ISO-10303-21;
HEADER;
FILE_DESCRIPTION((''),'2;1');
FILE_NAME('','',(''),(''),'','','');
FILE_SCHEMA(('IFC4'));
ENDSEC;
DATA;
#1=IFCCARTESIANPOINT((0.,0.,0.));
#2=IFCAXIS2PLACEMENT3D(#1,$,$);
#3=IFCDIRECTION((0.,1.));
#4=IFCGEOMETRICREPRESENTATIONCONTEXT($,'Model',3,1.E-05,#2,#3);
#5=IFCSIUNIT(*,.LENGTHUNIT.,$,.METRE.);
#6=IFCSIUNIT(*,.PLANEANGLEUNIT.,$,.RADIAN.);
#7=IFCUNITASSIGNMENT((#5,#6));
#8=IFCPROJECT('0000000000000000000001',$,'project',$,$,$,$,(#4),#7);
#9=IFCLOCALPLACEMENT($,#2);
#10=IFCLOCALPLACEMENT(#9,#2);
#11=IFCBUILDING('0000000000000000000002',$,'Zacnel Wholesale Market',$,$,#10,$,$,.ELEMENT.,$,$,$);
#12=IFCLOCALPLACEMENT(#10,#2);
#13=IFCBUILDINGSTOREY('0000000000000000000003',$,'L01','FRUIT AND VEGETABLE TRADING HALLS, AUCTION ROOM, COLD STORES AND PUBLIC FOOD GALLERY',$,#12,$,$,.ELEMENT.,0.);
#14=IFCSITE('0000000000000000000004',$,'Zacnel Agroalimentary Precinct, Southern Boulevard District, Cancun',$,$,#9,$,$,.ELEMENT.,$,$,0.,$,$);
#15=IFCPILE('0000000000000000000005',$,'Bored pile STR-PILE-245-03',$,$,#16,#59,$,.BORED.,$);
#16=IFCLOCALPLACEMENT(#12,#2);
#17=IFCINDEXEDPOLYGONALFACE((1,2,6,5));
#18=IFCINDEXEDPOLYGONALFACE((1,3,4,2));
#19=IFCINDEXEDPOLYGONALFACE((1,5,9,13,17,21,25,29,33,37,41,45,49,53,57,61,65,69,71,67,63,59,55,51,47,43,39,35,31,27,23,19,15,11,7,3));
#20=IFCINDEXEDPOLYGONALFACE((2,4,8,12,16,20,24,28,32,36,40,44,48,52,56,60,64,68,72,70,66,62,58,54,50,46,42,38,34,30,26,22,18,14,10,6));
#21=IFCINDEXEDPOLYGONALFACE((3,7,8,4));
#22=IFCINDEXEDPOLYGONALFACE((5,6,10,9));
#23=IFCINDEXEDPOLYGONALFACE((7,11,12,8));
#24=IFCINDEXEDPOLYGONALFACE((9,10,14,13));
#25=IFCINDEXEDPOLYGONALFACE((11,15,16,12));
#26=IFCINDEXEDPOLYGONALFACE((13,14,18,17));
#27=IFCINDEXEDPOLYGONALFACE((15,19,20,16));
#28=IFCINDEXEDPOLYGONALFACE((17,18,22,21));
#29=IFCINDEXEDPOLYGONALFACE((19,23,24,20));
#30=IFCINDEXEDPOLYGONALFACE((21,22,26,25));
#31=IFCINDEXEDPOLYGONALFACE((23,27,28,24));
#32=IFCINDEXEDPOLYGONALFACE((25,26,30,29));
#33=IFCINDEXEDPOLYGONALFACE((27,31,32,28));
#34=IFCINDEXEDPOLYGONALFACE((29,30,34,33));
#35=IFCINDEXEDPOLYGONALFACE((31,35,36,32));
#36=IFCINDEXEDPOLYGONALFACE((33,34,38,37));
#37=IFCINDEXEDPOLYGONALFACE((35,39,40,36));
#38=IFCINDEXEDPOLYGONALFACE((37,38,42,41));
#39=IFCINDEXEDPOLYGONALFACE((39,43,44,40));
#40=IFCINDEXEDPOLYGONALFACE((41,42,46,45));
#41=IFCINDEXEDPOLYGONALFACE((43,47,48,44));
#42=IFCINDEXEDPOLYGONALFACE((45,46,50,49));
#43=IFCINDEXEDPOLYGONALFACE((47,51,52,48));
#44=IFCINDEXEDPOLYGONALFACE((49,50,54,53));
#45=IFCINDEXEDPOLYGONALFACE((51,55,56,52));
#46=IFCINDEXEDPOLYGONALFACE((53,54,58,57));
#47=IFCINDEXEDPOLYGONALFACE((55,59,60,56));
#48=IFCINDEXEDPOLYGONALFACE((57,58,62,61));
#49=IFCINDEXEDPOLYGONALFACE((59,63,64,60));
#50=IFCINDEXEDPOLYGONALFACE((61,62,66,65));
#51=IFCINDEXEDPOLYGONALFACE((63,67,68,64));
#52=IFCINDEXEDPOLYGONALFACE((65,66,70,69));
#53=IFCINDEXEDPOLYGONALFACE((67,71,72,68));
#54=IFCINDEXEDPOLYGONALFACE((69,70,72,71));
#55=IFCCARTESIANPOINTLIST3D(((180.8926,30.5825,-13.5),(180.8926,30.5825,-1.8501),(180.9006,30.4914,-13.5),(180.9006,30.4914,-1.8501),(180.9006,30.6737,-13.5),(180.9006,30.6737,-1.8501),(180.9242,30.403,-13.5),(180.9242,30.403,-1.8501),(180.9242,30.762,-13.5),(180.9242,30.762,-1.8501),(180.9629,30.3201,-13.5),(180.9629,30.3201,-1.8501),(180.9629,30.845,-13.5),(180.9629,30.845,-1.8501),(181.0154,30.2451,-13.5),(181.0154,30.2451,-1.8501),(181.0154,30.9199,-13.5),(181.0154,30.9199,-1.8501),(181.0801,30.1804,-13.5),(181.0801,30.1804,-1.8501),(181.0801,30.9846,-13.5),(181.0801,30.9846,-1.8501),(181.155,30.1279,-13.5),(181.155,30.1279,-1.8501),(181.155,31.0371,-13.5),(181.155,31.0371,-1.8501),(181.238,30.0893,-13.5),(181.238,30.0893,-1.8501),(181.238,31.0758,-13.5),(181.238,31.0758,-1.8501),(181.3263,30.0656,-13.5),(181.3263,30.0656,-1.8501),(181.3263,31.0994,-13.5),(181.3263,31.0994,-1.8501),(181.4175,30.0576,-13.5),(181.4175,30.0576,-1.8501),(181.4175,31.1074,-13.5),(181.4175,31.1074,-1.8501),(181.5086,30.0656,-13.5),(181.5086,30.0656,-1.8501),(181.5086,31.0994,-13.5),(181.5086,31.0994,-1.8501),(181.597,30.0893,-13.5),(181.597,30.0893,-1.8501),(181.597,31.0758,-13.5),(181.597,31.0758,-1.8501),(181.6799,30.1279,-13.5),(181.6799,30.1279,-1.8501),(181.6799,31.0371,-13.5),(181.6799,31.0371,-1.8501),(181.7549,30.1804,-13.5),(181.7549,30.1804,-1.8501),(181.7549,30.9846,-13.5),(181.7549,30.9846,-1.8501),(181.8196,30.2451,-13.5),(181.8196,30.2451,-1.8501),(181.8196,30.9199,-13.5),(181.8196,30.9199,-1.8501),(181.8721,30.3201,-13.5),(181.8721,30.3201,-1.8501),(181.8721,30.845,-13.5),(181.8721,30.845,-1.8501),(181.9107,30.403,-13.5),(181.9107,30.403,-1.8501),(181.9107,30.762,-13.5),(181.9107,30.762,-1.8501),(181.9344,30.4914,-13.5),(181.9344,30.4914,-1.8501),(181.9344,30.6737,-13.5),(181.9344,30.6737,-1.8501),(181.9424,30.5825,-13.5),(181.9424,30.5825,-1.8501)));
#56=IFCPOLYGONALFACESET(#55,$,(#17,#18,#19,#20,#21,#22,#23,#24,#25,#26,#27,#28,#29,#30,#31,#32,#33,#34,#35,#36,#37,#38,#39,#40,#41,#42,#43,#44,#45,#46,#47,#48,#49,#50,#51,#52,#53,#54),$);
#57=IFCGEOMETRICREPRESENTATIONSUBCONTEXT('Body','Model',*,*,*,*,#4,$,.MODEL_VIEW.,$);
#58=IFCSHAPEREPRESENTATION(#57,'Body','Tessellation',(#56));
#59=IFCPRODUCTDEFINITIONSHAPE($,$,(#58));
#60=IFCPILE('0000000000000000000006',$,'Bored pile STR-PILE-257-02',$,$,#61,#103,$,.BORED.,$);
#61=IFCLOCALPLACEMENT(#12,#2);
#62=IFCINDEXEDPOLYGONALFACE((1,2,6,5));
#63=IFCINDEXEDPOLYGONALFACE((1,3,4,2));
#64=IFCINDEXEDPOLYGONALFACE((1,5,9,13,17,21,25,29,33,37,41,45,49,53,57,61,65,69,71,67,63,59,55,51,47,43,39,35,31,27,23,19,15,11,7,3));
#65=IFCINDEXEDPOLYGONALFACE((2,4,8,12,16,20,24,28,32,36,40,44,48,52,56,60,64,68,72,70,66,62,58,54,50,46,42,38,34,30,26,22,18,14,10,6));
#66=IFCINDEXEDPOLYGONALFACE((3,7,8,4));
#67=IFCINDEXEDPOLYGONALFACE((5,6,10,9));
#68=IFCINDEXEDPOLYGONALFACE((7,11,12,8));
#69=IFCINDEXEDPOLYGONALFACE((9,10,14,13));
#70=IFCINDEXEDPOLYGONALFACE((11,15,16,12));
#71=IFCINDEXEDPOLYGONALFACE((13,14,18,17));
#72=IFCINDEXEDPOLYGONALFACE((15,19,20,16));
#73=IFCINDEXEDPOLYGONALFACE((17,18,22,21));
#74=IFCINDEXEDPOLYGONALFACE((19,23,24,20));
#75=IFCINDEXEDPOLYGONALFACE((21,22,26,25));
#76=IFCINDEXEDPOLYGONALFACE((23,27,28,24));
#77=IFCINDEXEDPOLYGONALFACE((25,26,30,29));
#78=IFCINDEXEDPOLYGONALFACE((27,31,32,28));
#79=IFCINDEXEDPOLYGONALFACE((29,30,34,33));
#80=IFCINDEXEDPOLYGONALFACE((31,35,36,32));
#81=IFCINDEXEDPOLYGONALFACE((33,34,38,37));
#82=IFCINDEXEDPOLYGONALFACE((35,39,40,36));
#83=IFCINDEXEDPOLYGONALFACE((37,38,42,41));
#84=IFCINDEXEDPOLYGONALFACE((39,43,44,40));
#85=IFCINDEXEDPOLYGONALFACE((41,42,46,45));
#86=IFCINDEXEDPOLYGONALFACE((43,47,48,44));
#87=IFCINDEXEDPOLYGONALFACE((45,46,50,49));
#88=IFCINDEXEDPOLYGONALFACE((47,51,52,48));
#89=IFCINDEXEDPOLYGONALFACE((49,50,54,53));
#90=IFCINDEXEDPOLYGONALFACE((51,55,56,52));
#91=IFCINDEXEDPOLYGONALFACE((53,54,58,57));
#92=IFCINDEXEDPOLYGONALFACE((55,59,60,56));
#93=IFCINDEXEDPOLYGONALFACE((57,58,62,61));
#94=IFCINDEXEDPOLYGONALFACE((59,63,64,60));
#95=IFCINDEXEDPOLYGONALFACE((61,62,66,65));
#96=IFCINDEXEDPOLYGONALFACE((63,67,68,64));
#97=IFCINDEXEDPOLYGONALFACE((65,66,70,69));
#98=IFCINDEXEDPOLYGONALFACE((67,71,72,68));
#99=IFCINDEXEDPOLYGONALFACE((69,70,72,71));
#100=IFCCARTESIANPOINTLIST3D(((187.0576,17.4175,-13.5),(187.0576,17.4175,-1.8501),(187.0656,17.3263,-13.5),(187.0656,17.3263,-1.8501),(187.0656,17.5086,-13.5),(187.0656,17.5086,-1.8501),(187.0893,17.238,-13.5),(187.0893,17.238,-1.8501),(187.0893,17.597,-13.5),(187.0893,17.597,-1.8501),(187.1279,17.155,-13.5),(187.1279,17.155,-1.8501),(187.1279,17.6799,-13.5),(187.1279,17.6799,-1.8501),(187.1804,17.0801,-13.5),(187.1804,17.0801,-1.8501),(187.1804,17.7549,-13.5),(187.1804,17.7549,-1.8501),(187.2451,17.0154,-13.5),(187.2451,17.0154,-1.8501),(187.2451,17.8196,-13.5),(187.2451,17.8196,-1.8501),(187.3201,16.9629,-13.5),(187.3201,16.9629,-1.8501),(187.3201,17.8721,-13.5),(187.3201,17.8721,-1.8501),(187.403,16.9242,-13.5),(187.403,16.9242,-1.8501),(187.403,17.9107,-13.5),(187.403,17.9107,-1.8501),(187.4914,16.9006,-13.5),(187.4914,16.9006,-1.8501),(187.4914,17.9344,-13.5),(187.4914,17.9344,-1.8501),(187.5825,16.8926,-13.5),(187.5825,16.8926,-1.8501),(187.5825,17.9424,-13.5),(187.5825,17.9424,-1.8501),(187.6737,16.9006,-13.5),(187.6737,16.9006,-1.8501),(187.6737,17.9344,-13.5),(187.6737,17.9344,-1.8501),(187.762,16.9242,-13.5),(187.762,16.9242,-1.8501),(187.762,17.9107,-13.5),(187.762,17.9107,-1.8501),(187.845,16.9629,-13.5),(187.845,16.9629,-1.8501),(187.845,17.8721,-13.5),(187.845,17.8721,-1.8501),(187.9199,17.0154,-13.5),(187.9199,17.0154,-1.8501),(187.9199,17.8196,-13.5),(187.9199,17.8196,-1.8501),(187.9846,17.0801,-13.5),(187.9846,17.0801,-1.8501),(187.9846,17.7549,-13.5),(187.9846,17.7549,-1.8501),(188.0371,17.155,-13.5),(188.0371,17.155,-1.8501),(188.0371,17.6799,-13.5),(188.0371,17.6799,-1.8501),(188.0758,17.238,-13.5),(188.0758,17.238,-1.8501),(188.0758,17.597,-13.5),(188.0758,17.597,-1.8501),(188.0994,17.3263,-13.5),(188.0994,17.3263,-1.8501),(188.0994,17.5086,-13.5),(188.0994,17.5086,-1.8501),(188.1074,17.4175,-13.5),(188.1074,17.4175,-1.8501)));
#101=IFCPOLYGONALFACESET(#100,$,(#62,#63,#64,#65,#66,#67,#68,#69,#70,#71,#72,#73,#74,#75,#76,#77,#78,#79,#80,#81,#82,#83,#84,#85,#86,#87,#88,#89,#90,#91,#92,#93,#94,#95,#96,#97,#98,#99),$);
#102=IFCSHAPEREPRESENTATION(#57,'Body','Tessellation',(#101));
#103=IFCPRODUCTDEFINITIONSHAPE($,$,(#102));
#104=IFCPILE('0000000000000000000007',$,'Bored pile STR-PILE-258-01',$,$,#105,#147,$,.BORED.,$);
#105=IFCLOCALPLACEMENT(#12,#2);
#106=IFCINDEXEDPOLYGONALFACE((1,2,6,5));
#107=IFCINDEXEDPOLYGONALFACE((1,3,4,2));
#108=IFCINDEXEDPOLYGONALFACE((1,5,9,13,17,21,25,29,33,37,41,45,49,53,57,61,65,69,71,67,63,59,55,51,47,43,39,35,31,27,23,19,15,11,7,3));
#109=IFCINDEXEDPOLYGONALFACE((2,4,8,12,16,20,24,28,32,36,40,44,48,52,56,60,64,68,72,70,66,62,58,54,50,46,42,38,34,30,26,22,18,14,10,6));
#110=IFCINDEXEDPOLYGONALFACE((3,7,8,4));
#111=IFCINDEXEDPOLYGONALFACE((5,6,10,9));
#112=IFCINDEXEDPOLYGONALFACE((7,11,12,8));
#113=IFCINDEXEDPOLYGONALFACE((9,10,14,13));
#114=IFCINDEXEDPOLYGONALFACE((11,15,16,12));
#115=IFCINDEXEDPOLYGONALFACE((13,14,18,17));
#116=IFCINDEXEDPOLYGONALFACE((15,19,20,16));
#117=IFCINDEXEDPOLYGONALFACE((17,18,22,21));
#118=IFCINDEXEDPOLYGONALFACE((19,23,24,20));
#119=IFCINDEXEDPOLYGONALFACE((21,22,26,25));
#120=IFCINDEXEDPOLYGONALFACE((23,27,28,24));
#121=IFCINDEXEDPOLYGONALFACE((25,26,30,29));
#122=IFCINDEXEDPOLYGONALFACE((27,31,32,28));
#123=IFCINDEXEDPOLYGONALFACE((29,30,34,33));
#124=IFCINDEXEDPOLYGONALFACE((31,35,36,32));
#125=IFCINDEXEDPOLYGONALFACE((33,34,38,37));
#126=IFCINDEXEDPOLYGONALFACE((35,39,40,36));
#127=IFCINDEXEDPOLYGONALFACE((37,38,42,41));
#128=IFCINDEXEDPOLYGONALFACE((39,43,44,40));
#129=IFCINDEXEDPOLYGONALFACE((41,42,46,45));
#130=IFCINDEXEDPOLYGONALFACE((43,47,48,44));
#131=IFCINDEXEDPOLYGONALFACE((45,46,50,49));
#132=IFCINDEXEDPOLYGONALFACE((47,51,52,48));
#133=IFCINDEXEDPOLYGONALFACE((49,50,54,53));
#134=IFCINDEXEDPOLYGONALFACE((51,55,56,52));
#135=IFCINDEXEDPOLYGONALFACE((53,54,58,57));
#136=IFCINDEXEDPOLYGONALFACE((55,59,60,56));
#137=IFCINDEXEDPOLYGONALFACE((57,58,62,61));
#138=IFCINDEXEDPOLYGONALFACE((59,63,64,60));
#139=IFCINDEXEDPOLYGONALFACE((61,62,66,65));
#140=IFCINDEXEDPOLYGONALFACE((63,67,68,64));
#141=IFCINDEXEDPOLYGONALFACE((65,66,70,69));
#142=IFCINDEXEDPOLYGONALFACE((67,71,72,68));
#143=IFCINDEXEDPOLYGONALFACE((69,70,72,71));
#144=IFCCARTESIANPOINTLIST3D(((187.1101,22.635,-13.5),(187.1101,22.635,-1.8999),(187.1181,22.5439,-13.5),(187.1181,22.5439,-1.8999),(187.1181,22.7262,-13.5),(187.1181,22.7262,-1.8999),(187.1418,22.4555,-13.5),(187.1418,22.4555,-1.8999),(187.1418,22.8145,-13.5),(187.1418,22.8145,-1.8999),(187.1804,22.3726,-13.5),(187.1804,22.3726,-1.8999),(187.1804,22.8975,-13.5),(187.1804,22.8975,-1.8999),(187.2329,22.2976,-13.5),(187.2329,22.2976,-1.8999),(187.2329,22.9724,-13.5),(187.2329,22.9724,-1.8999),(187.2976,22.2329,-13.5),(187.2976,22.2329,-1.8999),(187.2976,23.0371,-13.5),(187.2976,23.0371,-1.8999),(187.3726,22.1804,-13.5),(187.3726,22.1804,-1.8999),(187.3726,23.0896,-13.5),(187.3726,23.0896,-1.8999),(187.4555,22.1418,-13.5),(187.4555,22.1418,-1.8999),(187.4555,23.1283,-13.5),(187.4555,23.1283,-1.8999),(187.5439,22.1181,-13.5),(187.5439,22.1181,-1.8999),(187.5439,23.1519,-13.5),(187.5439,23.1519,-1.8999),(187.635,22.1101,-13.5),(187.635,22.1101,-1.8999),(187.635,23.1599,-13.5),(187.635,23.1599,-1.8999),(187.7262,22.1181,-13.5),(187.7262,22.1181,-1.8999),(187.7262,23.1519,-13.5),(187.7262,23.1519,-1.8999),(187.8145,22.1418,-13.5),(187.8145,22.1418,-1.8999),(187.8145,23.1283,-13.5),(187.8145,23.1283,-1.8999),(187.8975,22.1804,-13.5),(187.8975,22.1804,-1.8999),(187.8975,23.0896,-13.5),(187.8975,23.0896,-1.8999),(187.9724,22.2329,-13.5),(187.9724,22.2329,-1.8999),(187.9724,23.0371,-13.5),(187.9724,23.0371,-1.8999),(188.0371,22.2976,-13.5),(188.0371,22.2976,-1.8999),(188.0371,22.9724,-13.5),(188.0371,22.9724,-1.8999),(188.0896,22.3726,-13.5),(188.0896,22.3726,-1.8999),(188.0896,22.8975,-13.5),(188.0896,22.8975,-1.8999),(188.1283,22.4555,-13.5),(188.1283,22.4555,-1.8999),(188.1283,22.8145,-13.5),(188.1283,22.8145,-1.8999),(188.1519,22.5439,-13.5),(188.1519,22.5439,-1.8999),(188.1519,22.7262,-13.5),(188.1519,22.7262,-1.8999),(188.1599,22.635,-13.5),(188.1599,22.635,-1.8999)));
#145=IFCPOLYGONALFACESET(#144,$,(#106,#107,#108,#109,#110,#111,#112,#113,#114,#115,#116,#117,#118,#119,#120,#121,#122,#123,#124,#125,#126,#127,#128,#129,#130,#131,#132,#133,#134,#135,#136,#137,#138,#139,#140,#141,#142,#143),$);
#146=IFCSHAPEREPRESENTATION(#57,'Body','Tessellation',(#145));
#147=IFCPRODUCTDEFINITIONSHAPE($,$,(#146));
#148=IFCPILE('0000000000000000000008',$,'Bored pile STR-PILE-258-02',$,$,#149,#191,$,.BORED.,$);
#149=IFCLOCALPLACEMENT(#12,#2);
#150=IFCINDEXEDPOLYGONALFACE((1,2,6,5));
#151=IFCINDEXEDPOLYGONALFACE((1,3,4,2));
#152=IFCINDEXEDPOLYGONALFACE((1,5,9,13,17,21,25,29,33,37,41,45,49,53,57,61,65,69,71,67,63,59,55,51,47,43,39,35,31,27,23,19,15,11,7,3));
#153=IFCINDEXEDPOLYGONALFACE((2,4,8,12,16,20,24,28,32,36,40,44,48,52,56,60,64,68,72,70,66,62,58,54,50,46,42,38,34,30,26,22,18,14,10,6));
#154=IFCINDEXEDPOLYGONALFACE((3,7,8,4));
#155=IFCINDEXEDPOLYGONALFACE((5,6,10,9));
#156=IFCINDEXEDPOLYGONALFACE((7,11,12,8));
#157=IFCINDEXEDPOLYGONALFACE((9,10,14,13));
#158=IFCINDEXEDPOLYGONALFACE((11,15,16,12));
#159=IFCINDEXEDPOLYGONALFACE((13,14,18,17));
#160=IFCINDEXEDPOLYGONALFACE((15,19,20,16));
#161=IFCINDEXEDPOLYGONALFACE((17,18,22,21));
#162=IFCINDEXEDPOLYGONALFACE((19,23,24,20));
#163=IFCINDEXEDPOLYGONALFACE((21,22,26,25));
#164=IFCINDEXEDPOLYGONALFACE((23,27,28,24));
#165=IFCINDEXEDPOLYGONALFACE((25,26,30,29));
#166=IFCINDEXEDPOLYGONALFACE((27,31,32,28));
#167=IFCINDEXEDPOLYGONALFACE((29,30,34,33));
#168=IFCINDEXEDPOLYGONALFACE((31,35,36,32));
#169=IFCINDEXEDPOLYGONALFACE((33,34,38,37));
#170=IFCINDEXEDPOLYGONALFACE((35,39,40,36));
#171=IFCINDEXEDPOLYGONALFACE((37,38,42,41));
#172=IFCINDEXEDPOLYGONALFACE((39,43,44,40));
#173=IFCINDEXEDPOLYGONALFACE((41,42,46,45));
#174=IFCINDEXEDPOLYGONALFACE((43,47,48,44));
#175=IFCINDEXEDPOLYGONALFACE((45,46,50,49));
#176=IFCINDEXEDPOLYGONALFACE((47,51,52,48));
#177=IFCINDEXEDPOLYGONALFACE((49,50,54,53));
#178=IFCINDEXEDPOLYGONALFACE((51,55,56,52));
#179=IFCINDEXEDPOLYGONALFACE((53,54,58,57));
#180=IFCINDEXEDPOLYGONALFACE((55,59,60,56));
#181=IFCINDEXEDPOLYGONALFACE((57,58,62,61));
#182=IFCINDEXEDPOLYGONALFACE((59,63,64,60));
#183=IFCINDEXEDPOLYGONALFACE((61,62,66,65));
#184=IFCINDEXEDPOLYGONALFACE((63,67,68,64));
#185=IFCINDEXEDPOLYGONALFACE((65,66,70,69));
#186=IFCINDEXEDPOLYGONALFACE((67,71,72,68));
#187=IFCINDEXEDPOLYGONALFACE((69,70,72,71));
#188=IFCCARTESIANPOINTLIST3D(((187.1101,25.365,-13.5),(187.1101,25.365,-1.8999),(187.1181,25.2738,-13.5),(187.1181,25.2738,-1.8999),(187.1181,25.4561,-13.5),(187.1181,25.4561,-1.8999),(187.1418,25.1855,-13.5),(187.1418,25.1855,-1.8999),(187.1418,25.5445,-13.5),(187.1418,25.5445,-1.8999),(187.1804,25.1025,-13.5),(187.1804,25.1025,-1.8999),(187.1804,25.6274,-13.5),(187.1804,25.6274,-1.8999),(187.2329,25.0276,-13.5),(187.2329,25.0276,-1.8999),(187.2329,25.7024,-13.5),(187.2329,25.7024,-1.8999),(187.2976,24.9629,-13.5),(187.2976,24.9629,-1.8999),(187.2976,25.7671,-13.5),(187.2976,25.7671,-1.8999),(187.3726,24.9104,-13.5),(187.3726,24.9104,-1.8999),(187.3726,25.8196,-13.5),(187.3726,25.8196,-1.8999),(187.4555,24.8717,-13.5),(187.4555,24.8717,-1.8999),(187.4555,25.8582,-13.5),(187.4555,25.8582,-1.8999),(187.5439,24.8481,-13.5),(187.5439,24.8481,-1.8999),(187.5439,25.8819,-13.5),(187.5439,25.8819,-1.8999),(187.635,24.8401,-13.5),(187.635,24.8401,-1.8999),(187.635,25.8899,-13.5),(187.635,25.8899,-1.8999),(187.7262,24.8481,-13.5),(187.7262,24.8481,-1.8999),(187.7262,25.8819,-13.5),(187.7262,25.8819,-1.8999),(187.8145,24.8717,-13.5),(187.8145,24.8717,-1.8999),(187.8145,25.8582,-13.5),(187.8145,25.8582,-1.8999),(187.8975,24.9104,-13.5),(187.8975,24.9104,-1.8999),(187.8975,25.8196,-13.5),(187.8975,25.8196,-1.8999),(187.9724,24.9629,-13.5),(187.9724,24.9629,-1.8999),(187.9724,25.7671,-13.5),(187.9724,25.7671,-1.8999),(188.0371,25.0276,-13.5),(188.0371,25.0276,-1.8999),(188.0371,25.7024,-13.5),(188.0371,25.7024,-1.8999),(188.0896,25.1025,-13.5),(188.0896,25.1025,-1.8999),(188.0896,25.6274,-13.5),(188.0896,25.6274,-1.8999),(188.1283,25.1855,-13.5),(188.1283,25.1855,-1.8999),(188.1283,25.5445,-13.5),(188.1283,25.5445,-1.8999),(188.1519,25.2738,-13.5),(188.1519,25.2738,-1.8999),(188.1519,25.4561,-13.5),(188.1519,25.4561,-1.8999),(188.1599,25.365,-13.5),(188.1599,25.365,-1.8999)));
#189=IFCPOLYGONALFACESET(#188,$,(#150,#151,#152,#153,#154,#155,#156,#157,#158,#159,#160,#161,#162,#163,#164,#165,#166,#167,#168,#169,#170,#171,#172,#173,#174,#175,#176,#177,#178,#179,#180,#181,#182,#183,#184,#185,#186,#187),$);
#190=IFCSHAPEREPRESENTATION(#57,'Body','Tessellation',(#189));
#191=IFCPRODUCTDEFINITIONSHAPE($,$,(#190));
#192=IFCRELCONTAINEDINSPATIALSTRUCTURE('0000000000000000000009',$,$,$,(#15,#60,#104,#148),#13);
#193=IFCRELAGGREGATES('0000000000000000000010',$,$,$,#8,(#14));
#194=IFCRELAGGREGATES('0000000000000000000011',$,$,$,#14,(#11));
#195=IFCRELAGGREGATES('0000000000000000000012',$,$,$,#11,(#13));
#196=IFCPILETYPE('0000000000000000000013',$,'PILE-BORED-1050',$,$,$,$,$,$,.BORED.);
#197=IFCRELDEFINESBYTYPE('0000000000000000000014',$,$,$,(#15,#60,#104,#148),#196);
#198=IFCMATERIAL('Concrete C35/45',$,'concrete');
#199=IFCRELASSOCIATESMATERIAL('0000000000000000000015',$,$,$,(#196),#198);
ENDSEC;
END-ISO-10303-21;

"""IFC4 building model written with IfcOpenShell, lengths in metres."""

from ifc_helpers import new_model, si_unit, direction, frame, origin, origin_2d, place, context, subcontext, project, spatial, circle, extrude, material, material_profile, profile_set, type_object, element, save


model = new_model("IFC4")

# Units and contexts
model_context = context("Model", 3, precision=1e-05, world=origin(), true_north=direction((0.0, 1.0)))
body_context = subcontext(model_context, "Body", "Model", "MODEL_VIEW")
ifc_project = project(units=[si_unit("LENGTHUNIT", "METRE"), si_unit("PLANEANGLEUNIT", "RADIAN")], contexts=[model_context])

# Site, building, storey
site_placement = place(None, origin())
site = spatial("IfcSite", under=ifc_project, at=site_placement, Name="Zacnel Agroalimentary Precinct, Southern Boulevard District, Cancun", CompositionType="ELEMENT", RefElevation=0.0)
building_placement = place(site_placement, origin())
building = spatial("IfcBuilding", under=site, at=building_placement, Name="Zacnel Wholesale Market", CompositionType="ELEMENT")
storey_placement = place(building_placement, origin())
storey = spatial("IfcBuildingStorey", under=building, at=storey_placement, Name="L01", Description="FRUIT AND VEGETABLE TRADING HALLS, AUCTION ROOM, COLD STORES AND PUBLIC FOOD GALLERY", CompositionType="ELEMENT", Elevation=0.0)

# Piles
ifc_material_1 = material(Name="Concrete C35/45", Category="concrete")
ifc_material_profile_1 = material_profile(ifc_material_1, circle(Radius=0.5249, at=origin_2d()), Name="BORED PILE D1050")
ifc_profile_set_1 = profile_set([ifc_material_profile_1], Name="Concrete C35/45")
pile_type = type_object("IfcPileType", Name="PILE-BORED-1050", PredefinedType="BORED", material=ifc_profile_set_1)
for number, where, z_axis, x_axis, name in (
    (1, (181.4175, 30.5825, -1.8501), (0.0, 0.0, -1.0), (1.0, 0.0, 0.0), "Bored pile STR-PILE-245-03"),
    (2, (187.5825, 17.4175, -1.8501), (0.0, 0.0, -1.0), (1.0, 0.0, 0.0), "Bored pile STR-PILE-257-02"),
):
    element("IfcPile", number, at=place(storey_placement, frame(where, z_axis=z_axis, x_axis=x_axis)), inside=storey, type_object=pile_type, Name=name, PredefinedType="BORED", context=body_context, shape_type="SweptSolid", body=[
        extrude(circle(Radius=0.5249, at=origin_2d()), origin(), (0.0, 0.0, 1.0), 11.6499),
    ])
for number, where, z_axis, x_axis, name in (
    (3, (187.635, 22.635, -1.8999), (0.0, 0.0, -1.0), (1.0, 0.0, 0.0), "Bored pile STR-PILE-258-01"),
    (4, (187.635, 25.365, -1.8999), (0.0, 0.0, -1.0), (1.0, 0.0, 0.0), "Bored pile STR-PILE-258-02"),
):
    element("IfcPile", number, at=place(storey_placement, frame(where, z_axis=z_axis, x_axis=x_axis)), inside=storey, type_object=pile_type, Name=name, PredefinedType="BORED", context=body_context, shape_type="SweptSolid", body=[
        extrude(circle(Radius=0.5249, at=origin_2d()), origin(), (0.0, 0.0, 1.0), 11.6001),
    ])

save(model, "model.ifc")
